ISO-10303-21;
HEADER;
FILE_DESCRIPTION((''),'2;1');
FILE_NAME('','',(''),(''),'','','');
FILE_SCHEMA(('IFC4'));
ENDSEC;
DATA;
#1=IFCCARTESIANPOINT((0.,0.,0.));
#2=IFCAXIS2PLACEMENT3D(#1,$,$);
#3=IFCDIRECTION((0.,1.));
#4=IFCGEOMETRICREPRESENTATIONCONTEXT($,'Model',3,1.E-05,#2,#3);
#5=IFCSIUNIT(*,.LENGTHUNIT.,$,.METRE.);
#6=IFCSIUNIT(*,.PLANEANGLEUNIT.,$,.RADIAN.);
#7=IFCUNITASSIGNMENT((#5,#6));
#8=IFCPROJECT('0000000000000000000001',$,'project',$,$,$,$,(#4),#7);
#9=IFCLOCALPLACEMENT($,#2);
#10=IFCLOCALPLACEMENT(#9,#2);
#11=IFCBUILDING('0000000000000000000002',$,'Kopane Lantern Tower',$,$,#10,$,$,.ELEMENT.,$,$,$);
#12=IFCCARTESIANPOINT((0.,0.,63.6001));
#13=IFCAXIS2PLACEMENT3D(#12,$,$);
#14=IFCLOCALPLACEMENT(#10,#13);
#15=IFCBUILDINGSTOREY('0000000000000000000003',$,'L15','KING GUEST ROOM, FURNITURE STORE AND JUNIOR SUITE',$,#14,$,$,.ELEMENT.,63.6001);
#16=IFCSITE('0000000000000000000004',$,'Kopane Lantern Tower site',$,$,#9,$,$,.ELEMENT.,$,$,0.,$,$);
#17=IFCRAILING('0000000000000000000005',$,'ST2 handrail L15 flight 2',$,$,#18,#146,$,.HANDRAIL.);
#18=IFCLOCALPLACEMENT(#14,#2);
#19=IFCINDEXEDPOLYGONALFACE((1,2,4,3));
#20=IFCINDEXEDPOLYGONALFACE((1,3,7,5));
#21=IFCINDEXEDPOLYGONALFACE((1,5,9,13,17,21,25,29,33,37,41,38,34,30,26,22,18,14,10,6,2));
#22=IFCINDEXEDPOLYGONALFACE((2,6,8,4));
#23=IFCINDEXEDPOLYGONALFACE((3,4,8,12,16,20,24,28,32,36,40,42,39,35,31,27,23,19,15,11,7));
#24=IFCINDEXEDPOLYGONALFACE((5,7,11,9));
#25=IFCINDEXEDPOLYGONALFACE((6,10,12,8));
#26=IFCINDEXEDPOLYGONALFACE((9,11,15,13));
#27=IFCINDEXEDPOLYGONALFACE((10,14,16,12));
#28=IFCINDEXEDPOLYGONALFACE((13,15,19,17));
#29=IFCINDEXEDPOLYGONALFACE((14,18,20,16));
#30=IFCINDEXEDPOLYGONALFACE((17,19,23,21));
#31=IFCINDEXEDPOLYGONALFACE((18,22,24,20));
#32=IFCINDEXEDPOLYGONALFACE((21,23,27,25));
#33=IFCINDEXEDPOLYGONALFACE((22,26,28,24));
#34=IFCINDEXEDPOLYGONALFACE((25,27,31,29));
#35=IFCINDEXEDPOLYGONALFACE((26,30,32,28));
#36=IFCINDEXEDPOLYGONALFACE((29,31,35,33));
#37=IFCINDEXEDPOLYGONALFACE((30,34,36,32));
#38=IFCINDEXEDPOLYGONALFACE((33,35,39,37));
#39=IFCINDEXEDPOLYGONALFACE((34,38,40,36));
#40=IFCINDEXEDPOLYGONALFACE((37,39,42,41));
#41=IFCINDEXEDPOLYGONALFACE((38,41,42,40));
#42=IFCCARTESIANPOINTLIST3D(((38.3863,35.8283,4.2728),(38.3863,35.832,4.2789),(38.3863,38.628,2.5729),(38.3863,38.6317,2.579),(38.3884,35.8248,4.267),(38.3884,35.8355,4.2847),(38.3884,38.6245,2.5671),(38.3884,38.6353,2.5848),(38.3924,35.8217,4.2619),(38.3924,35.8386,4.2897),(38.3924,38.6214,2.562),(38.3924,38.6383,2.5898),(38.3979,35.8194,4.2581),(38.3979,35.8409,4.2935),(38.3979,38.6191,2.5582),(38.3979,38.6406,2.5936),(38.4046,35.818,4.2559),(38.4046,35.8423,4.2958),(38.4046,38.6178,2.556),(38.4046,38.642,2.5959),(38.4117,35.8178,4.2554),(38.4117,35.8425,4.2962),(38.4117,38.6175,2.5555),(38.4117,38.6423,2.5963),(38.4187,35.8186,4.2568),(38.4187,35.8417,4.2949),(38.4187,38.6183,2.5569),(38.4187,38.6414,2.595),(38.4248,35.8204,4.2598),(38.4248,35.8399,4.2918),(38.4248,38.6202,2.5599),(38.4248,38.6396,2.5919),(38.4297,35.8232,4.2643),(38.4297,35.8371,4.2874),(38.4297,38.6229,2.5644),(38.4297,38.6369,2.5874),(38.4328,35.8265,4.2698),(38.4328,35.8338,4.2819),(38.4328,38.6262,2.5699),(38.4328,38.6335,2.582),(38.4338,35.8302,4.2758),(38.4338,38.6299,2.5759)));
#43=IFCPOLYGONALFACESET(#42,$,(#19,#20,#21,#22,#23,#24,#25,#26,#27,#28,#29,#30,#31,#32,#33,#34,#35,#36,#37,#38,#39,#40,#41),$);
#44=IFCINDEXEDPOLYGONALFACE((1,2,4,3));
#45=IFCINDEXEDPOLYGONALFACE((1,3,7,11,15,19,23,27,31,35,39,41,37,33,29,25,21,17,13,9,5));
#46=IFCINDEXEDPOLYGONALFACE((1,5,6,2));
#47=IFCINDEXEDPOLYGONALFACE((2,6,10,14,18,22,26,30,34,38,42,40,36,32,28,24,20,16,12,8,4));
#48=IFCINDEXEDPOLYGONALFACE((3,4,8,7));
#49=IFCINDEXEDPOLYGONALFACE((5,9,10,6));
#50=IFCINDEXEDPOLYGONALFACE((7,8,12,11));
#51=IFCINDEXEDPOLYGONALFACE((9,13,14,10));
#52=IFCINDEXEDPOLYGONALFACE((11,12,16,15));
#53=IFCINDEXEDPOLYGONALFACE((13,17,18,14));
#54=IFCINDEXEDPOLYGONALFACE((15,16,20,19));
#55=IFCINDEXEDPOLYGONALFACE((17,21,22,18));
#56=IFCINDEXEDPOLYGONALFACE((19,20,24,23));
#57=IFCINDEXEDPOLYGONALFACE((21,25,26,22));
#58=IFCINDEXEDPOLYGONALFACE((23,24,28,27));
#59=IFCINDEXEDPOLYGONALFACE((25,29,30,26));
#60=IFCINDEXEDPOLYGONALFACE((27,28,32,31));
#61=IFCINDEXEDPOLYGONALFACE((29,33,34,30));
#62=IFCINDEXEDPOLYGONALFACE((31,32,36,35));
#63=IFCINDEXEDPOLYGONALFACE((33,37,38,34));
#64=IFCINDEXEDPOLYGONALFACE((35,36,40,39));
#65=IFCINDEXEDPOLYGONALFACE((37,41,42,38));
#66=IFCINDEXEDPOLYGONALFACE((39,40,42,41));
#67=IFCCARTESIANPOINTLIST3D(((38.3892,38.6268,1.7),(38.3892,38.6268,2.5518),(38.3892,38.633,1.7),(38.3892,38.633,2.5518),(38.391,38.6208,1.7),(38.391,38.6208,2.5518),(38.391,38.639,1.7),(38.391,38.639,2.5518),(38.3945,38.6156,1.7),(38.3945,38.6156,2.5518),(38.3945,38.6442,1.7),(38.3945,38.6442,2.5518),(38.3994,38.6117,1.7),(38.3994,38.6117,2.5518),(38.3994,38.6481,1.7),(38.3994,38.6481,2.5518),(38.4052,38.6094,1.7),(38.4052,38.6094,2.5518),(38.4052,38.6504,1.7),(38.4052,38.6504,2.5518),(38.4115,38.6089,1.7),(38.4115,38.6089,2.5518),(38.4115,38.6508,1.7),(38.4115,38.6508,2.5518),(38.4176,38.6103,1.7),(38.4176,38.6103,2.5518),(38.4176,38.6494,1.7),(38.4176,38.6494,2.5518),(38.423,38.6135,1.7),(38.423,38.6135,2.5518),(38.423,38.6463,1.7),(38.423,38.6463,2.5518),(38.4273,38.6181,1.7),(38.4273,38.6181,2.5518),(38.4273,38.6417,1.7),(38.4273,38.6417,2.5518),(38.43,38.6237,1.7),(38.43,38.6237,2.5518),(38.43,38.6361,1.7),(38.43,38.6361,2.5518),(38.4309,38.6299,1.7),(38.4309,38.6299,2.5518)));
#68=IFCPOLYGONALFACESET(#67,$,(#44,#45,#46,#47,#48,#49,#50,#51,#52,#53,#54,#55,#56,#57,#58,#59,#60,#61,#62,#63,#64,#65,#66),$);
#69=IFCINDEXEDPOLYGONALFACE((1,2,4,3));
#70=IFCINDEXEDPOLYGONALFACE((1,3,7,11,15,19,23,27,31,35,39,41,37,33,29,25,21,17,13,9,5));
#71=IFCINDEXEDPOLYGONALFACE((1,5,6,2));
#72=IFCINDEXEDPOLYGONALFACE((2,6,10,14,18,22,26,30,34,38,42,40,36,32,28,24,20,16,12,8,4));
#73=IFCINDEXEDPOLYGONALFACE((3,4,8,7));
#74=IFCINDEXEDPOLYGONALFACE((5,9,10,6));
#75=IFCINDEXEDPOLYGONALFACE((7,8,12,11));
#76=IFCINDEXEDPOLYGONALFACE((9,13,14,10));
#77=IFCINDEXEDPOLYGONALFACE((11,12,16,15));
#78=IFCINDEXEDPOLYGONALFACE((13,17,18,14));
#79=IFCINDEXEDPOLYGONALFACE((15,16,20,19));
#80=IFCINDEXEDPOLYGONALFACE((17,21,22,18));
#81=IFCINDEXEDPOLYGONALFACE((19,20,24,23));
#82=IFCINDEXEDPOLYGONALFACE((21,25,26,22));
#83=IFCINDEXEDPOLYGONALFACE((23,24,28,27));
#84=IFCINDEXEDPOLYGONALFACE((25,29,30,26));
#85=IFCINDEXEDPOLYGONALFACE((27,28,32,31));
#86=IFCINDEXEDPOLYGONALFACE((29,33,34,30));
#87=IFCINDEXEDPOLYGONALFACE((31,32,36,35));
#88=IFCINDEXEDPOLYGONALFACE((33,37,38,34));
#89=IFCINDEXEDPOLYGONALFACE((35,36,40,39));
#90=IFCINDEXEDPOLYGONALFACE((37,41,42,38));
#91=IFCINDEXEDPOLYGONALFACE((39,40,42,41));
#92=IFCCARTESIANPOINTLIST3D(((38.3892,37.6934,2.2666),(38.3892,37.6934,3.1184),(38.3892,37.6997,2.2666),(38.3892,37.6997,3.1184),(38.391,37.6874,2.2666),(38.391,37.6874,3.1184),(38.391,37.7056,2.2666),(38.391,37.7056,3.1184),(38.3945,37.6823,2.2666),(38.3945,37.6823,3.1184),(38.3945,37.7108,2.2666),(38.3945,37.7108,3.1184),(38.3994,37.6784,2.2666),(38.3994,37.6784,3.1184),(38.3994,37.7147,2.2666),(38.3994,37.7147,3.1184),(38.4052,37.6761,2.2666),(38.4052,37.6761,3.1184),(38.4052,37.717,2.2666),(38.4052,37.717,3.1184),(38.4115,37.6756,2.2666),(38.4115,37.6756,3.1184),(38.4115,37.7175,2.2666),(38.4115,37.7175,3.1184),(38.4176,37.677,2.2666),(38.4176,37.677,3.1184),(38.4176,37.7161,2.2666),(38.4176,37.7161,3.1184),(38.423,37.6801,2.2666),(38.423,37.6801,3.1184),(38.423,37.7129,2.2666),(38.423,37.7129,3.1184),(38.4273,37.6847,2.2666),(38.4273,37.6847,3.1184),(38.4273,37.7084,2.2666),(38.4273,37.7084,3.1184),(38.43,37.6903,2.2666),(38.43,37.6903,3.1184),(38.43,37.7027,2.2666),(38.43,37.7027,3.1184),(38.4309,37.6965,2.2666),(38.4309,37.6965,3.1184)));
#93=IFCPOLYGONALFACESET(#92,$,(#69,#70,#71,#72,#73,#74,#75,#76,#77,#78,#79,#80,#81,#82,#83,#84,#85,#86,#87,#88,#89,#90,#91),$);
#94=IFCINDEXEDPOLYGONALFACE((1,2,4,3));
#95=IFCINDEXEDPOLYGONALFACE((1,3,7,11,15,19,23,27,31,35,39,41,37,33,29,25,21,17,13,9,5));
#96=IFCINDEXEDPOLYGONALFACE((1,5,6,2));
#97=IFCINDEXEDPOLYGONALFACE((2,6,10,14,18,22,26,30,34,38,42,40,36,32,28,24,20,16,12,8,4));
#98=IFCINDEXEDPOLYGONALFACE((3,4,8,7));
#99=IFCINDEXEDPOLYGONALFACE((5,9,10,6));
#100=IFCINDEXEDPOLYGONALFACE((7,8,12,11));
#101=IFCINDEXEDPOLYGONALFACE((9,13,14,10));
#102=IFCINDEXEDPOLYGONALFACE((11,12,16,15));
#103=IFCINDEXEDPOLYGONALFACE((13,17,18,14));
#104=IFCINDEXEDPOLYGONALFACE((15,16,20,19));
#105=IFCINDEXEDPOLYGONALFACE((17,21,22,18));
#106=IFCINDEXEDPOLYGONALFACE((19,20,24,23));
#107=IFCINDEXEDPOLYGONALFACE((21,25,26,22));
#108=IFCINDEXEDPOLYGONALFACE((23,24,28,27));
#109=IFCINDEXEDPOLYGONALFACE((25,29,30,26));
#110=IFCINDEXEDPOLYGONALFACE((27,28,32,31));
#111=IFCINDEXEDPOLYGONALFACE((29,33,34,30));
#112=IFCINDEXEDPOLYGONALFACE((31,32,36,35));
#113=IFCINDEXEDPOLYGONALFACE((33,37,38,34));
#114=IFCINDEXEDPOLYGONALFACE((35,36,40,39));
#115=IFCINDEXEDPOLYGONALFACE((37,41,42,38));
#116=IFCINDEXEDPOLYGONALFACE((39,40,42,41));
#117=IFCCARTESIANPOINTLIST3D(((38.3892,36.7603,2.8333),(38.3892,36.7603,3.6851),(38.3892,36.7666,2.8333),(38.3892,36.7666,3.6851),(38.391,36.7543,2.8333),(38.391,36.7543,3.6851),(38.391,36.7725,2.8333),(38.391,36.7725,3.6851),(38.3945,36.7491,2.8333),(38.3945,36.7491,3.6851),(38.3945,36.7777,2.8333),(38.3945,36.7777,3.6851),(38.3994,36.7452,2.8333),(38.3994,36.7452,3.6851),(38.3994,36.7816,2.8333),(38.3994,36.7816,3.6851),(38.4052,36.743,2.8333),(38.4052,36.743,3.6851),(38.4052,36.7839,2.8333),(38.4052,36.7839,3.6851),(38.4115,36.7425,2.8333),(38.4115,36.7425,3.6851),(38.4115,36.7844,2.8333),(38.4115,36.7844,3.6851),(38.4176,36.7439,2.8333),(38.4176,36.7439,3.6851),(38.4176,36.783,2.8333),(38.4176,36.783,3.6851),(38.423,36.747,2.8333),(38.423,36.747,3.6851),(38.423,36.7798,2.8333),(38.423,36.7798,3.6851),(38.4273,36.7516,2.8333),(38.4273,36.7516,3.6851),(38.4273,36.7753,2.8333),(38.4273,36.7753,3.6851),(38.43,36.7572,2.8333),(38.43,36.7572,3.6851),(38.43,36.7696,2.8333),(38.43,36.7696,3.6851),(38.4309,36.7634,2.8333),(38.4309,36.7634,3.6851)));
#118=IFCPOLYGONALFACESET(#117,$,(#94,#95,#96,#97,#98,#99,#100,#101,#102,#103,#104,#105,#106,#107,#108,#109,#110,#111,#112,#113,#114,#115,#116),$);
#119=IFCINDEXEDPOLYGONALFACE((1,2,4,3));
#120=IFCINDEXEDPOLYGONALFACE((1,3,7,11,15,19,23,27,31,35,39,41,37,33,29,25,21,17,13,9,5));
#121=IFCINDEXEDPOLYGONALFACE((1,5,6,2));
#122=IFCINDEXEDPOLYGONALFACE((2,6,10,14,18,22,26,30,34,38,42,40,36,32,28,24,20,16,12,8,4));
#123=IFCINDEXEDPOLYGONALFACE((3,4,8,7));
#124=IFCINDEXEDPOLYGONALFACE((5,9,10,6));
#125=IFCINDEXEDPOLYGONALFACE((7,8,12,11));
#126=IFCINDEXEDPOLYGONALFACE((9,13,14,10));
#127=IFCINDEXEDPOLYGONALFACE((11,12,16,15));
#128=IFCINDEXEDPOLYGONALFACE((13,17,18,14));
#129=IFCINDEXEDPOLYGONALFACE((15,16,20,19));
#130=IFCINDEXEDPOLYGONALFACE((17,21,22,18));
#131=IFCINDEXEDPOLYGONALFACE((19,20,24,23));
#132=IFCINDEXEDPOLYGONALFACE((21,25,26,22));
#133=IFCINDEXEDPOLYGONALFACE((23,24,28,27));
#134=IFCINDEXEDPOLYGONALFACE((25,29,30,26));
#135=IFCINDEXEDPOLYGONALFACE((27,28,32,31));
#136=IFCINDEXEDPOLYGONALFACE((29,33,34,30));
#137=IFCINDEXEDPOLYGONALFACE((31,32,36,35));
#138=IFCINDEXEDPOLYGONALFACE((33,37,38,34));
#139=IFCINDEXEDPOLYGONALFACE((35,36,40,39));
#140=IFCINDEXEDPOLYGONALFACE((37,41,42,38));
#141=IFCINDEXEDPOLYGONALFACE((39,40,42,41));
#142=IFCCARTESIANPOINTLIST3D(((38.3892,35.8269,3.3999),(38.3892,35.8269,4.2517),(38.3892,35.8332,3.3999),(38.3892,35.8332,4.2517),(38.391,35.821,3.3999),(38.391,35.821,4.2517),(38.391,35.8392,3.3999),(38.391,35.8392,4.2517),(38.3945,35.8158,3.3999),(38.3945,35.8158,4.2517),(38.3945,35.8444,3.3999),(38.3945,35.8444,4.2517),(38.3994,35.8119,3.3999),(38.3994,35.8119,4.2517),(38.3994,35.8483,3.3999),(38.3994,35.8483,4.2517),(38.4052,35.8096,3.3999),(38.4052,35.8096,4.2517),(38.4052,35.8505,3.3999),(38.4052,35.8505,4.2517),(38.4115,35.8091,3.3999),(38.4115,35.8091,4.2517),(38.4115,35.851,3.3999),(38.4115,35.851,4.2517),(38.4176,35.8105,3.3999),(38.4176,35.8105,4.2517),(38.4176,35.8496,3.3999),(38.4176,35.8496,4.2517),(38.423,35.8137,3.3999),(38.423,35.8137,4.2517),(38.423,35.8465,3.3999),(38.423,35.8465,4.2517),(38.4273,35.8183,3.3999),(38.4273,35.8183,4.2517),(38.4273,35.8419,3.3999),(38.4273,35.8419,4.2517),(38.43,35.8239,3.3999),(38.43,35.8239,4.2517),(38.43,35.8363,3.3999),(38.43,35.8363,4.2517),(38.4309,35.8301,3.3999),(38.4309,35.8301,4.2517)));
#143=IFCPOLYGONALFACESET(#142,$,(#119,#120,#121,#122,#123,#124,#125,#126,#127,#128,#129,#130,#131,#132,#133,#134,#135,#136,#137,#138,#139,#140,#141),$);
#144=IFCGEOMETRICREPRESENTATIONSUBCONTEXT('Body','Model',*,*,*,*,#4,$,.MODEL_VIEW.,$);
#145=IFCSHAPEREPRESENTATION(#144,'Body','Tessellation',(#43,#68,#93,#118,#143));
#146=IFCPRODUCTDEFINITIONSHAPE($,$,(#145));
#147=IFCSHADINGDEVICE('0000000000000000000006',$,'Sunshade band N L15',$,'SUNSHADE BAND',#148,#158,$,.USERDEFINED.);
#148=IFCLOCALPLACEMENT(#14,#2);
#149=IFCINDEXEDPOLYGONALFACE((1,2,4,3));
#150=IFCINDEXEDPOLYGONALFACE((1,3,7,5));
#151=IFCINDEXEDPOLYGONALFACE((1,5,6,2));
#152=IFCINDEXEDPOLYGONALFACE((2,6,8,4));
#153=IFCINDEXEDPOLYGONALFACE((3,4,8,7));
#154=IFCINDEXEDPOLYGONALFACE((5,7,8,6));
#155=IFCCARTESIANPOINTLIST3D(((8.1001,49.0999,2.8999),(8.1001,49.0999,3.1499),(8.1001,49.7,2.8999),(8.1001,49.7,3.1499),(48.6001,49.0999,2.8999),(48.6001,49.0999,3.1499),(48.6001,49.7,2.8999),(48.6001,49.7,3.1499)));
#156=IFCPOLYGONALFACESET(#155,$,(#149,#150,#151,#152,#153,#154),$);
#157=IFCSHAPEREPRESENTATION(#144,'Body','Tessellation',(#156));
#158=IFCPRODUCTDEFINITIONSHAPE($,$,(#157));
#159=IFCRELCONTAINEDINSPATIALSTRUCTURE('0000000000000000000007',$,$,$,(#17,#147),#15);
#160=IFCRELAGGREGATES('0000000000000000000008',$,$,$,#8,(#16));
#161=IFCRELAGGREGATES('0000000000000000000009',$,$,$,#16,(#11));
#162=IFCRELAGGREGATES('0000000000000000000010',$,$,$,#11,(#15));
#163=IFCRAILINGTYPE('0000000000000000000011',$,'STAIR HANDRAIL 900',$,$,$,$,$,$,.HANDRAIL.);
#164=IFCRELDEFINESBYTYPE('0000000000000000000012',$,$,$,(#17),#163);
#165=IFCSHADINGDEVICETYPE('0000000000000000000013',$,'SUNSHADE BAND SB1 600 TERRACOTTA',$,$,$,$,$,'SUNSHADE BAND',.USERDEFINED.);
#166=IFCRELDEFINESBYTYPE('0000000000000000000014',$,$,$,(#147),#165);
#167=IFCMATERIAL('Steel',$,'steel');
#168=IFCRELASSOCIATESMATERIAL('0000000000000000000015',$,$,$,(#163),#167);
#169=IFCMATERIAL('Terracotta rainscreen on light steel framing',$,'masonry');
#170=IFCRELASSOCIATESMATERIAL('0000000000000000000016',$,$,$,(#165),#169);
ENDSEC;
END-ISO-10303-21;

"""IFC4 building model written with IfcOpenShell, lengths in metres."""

from ifc_helpers import new_model, si_unit, direction, frame, origin, origin_2d, place, context, subcontext, project, spatial, rectangle, circle, extrude, material, type_object, element, save


model = new_model("IFC4")

# Units and contexts
model_context = context("Model", 3, precision=1e-05, world=origin(), true_north=direction((0.0, 1.0)))
body_context = subcontext(model_context, "Body", "Model", "MODEL_VIEW")
ifc_project = project(units=[si_unit("LENGTHUNIT", "METRE"), si_unit("PLANEANGLEUNIT", "RADIAN")], contexts=[model_context])

# Site, building, storey
site_placement = place(None, origin())
site = spatial("IfcSite", under=ifc_project, at=site_placement, Name="Kopane Lantern Tower site", CompositionType="ELEMENT", RefElevation=0.0)
building_placement = place(site_placement, origin())
building = spatial("IfcBuilding", under=site, at=building_placement, Name="Kopane Lantern Tower", CompositionType="ELEMENT")
storey_placement = place(building_placement, frame((0.0, 0.0, 63.6001)))
storey = spatial("IfcBuildingStorey", under=building, at=storey_placement, Name="L15", Description="KING GUEST ROOM, FURNITURE STORE AND JUNIOR SUITE", CompositionType="ELEMENT", Elevation=63.6001)

# Railing
ifc_material_1 = material(Name="Steel", Category="steel")
railing_type_1 = type_object("IfcRailingType", Name="STAIR HANDRAIL 900", PredefinedType="HANDRAIL", material=ifc_material_1)
for number, where, name in (
    (1, (38.4099, 38.6299, 1.7), "ST2 handrail L15 flight 2"),
):
    element("IfcRailing", number, at=place(storey_placement, frame(where)), inside=storey, type_object=railing_type_1, Name=name, PredefinedType="HANDRAIL", context=body_context, shape_type="SweptSolid", body=[
        extrude(circle(Radius=0.0239, at=origin_2d()), frame((0.0, 0.0, 0.876), z_axis=(0.0, -0.854778, 0.518994), x_axis=(1.0, 0.0, 0.0)), (0.0, 0.0, 1.0), 3.2754),
        extrude(circle(Radius=0.021, at=origin_2d()), origin(), (0.0, 0.0, 1.0), 0.8518),
        extrude(circle(Radius=0.021, at=origin_2d()), frame((0.0, -0.9333, 0.5667)), (0.0, 0.0, 1.0), 0.8518),
        extrude(circle(Radius=0.021, at=origin_2d()), frame((0.0, -1.8665, 1.1333)), (0.0, 0.0, 1.0), 0.8518),
        extrude(circle(Radius=0.021, at=origin_2d()), frame((0.0, -2.7998, 1.7)), (0.0, 0.0, 1.0), 0.8518),
    ])

# Shading device
ifc_material_2 = material(Name="Terracotta rainscreen on light steel framing", Category="masonry")
shading_device_type = type_object("IfcShadingDeviceType", Name="SUNSHADE BAND SB1 600 TERRACOTTA", ElementType="SUNSHADE BAND", PredefinedType="USERDEFINED", material=ifc_material_2)
shading_device_placement = place(storey_placement, frame((28.3501, 49.3999, 2.8999), z_axis=(0.0, 0.0, 1.0), x_axis=(-1.0, 0.0, 0.0)))
element("IfcShadingDevice", 2, at=shading_device_placement, inside=storey, type_object=shading_device_type, Name="Sunshade band N L15", ObjectType="SUNSHADE BAND", PredefinedType="USERDEFINED", context=body_context, shape_type="SweptSolid", body=[
    extrude(rectangle(XDim=40.5, YDim=0.6001, at=origin_2d()), origin(), (0.0, 0.0, 1.0), 0.25),
])

save(model, "model.ifc")
